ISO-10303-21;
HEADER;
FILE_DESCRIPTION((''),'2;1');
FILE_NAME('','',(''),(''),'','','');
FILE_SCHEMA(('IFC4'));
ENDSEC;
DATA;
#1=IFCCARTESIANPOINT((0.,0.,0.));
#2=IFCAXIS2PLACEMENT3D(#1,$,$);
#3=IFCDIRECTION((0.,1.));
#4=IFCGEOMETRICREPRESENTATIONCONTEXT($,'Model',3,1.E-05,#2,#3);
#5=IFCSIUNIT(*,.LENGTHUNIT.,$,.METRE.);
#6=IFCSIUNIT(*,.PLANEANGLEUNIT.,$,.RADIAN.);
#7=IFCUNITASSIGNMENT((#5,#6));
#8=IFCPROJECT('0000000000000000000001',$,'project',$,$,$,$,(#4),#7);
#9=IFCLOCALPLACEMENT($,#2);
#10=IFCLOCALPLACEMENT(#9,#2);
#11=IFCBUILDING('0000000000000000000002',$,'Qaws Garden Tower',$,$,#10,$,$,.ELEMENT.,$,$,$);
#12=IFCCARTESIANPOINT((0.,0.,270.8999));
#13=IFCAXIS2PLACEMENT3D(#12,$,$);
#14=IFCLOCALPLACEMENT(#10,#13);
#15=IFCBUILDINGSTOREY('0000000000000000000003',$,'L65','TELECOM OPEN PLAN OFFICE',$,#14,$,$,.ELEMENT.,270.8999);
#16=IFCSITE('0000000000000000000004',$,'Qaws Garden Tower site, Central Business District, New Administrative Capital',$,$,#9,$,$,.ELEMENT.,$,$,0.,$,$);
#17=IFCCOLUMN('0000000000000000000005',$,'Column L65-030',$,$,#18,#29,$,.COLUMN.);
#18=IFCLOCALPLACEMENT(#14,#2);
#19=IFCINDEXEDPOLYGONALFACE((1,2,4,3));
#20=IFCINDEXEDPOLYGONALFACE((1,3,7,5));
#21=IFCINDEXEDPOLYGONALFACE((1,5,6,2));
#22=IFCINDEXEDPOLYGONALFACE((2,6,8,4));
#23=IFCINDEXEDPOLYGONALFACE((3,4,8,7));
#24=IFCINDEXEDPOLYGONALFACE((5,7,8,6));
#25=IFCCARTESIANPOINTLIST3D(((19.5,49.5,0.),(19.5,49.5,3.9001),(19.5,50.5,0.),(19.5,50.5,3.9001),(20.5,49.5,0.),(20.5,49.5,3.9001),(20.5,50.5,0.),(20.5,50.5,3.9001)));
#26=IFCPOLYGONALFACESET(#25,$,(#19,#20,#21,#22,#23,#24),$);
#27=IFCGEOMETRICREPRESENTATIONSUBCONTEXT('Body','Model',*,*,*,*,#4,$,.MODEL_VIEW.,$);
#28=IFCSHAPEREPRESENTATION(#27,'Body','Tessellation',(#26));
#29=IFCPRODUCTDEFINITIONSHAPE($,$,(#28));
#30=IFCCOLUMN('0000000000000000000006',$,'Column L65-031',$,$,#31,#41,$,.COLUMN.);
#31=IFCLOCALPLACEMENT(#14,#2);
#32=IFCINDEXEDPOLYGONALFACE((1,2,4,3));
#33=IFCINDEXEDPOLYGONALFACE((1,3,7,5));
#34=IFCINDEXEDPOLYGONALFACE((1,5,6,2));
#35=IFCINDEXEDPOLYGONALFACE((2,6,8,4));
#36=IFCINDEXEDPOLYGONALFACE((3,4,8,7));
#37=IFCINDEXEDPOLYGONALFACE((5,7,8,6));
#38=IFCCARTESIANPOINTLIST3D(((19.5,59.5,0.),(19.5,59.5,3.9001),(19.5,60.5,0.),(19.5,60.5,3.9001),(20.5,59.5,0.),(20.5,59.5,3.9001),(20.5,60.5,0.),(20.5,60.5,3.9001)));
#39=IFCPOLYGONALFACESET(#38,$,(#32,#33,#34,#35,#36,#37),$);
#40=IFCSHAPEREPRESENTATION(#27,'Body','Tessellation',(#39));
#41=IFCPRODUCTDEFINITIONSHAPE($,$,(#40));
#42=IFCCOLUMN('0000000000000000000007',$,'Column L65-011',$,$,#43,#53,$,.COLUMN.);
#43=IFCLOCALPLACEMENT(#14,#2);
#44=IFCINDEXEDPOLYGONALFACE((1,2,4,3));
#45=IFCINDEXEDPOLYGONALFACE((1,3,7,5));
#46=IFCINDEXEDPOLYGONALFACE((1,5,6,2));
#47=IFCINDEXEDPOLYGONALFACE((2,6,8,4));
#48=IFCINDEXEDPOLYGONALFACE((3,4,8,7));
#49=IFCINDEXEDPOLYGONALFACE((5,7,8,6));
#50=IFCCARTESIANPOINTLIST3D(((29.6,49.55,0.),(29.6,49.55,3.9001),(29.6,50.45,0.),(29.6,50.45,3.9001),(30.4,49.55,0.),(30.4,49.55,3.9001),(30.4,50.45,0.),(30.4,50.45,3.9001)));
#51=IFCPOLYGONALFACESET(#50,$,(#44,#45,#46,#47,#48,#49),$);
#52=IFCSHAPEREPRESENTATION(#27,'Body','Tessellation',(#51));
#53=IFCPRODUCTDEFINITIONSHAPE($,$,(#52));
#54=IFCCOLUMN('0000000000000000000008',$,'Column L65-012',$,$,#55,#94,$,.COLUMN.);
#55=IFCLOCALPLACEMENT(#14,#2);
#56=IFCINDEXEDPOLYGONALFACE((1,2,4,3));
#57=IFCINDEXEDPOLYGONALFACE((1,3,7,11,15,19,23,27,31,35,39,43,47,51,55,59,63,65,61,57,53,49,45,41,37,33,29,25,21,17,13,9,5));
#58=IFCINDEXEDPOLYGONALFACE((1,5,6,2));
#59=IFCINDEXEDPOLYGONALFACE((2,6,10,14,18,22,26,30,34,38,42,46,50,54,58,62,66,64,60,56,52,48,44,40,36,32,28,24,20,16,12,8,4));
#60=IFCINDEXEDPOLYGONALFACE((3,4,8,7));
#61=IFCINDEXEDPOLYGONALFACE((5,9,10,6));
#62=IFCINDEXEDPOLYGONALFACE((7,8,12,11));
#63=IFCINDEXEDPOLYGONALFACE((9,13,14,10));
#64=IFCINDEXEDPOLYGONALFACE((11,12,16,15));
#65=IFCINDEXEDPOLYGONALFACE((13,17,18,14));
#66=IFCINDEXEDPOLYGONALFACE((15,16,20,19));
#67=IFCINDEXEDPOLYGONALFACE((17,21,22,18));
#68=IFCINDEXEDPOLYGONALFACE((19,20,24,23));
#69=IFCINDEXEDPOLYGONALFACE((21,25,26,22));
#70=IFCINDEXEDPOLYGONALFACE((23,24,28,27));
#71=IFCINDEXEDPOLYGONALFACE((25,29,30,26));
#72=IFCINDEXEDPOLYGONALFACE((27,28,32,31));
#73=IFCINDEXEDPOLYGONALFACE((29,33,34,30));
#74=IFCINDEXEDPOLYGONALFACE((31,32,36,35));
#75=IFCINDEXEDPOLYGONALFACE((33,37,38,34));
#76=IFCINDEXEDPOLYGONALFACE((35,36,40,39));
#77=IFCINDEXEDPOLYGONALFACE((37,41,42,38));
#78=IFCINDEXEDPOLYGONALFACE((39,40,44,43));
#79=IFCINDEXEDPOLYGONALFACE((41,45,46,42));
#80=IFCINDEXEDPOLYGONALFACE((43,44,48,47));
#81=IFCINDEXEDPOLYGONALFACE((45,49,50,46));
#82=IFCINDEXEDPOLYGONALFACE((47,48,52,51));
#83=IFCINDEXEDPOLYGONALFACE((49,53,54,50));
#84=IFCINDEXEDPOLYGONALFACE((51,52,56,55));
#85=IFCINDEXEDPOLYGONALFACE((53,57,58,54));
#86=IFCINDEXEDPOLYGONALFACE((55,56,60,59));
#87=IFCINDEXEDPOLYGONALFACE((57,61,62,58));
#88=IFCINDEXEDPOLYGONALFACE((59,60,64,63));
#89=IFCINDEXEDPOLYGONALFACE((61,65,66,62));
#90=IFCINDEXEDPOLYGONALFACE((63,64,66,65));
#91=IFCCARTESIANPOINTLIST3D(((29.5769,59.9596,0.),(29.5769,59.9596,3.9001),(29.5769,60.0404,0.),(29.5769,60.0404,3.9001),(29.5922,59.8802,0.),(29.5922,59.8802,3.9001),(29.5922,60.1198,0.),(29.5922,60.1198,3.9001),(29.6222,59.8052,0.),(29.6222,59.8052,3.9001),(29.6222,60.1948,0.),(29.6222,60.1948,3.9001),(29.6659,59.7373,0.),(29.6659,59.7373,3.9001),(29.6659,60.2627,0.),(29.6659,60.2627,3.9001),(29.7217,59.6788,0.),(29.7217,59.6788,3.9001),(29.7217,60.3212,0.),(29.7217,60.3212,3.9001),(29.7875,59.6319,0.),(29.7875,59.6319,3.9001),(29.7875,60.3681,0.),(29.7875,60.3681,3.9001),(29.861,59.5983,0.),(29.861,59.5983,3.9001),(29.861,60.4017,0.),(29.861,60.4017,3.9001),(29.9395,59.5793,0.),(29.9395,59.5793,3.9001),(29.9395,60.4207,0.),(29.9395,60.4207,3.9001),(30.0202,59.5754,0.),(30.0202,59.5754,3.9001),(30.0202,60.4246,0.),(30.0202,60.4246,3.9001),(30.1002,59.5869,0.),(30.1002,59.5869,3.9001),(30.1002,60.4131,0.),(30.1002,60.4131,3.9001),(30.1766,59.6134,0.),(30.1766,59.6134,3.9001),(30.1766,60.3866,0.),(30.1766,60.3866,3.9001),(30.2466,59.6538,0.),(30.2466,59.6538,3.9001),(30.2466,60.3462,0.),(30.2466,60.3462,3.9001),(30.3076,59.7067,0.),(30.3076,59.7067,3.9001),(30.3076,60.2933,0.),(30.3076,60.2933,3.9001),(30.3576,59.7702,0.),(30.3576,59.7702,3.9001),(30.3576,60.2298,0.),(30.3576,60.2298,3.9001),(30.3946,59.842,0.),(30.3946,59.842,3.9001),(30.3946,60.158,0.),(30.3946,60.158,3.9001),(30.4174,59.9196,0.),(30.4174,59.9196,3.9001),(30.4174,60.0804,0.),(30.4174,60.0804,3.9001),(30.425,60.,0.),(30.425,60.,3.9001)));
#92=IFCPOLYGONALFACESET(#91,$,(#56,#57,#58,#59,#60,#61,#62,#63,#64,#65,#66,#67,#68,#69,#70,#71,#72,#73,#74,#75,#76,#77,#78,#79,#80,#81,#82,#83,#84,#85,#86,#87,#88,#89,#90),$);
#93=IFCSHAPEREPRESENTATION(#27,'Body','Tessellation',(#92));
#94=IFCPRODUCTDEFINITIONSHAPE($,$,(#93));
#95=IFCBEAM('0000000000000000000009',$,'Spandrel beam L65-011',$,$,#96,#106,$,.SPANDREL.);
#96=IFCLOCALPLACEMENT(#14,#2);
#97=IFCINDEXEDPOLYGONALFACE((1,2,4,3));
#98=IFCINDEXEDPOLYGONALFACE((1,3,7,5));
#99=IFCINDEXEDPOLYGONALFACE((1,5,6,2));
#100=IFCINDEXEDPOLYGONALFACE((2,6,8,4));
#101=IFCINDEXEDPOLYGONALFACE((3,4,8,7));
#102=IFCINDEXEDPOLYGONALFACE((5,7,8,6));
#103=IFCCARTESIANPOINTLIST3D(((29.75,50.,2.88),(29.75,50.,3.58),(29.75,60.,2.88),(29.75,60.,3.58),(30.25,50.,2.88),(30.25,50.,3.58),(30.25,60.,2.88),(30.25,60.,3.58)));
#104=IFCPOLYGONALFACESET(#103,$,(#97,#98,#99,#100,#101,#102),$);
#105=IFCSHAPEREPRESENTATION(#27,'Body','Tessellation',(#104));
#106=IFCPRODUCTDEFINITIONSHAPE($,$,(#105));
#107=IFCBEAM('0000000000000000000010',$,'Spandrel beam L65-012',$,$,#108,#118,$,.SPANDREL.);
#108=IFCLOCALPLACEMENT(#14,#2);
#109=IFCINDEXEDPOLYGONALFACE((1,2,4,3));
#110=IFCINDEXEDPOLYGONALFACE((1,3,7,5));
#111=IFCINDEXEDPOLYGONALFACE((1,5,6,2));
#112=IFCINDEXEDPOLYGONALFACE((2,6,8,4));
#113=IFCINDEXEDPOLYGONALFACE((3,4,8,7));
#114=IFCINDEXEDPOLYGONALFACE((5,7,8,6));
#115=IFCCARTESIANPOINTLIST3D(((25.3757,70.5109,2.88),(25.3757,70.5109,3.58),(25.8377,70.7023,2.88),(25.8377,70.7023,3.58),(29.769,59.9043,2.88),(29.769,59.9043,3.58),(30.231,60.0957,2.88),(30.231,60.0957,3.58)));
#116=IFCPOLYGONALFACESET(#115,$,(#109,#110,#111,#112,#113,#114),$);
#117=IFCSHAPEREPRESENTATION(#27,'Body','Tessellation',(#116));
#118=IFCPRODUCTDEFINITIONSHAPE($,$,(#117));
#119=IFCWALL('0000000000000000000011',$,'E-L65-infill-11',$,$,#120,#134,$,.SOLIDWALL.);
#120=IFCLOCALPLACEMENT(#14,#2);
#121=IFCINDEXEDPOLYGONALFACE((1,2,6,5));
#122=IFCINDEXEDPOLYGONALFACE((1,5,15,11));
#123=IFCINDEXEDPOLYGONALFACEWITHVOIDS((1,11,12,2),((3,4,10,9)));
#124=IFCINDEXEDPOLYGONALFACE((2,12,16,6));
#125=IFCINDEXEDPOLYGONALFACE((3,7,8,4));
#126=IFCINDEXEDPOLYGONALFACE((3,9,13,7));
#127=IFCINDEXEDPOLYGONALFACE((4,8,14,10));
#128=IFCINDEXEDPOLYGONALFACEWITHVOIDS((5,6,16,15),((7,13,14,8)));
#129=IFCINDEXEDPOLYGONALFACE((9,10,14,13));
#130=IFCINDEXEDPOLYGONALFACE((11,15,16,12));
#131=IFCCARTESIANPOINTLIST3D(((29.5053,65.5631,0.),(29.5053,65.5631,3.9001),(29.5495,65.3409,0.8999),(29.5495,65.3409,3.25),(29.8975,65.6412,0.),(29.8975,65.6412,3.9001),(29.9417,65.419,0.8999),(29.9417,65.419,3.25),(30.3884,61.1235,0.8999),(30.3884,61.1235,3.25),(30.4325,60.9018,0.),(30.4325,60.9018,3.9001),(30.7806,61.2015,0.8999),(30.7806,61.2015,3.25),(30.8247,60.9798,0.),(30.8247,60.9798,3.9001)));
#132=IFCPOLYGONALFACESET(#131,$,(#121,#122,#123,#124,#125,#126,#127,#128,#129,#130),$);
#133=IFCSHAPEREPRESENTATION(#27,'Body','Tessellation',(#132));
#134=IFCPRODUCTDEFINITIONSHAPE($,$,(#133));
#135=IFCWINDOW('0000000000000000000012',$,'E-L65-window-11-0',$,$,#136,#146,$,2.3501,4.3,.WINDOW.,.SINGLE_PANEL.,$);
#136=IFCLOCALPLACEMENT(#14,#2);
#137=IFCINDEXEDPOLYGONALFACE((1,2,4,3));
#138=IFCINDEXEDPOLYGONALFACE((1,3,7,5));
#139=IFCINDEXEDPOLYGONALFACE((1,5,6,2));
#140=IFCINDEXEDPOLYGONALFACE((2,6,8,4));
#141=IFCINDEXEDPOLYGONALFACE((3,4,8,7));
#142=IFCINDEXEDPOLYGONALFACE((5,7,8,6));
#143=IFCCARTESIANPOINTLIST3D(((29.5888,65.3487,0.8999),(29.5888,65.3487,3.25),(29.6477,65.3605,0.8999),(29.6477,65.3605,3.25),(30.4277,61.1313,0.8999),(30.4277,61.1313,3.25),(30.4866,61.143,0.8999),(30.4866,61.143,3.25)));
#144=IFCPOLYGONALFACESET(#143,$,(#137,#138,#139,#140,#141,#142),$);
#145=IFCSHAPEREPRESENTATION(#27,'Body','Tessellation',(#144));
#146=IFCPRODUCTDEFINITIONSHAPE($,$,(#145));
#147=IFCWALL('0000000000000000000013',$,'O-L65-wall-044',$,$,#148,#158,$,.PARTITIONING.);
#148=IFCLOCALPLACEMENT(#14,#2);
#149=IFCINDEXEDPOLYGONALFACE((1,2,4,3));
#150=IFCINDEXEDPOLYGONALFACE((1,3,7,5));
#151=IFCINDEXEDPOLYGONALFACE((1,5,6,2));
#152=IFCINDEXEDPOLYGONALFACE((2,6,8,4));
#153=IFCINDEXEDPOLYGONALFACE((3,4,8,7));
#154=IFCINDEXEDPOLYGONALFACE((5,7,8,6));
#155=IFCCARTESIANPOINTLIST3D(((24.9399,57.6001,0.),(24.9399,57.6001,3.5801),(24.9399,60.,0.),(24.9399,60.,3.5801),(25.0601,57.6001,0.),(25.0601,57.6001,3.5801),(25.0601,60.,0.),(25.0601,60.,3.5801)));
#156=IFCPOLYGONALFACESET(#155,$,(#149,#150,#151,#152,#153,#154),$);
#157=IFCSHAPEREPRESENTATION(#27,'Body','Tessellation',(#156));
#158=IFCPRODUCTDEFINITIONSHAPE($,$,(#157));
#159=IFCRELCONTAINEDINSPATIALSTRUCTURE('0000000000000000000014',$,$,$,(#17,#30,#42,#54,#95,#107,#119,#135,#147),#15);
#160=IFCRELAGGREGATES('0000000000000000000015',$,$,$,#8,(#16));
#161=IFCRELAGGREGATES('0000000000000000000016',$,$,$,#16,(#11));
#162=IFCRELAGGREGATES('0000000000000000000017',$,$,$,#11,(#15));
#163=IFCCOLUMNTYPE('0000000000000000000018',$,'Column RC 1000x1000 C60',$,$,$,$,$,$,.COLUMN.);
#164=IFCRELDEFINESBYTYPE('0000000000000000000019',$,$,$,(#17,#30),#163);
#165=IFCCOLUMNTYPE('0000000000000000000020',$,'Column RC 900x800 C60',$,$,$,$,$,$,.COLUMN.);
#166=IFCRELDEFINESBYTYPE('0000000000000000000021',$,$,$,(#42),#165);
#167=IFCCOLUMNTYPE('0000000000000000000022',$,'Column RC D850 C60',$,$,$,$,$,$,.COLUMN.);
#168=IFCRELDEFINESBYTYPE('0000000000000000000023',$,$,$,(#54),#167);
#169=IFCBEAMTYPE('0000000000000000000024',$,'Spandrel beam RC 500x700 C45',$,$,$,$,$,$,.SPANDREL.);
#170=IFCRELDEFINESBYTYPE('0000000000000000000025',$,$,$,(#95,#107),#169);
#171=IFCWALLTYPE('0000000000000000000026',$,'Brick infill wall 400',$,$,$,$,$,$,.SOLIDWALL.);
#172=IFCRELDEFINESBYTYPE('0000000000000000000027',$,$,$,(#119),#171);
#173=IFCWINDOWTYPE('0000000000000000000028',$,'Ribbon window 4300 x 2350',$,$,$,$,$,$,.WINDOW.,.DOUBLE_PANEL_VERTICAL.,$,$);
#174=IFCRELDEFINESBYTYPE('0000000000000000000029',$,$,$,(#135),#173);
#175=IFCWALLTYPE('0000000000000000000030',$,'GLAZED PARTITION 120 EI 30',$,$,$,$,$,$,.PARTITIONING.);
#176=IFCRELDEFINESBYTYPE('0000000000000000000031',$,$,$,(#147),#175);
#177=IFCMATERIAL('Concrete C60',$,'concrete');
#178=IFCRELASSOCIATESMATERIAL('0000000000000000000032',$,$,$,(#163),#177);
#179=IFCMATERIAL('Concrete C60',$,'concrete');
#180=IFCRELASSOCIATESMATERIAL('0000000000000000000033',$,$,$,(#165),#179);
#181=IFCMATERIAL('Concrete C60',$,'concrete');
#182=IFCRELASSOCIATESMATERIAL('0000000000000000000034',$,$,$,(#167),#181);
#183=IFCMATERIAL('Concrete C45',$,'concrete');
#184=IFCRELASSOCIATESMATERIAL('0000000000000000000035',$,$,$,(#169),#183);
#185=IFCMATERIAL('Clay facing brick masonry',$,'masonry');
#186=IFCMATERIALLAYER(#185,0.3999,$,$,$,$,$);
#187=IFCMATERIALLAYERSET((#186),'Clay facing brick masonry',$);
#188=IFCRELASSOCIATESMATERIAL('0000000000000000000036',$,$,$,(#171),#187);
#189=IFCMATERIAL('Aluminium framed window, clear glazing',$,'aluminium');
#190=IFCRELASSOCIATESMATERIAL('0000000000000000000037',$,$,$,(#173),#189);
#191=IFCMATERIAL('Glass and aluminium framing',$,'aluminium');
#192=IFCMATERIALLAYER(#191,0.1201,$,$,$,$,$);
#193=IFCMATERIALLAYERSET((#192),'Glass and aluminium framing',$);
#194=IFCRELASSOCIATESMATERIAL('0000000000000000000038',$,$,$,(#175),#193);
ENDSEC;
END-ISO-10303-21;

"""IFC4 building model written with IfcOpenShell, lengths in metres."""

from ifc_helpers import new_model, si_unit, direction, frame, frame_2d, origin, origin_2d, place, context, subcontext, project, spatial, rectangle, circle, extrude, material, layer, layer_set, material_profile, profile_set, type_object, element, fill, save


model = new_model("IFC4")

# Units and contexts
model_context = context("Model", 3, precision=1e-05, world=origin(), true_north=direction((0.0, 1.0)))
body_context = subcontext(model_context, "Body", "Model", "MODEL_VIEW")
ifc_project = project(units=[si_unit("LENGTHUNIT", "METRE"), si_unit("PLANEANGLEUNIT", "RADIAN")], contexts=[model_context])

# Site, building, storey
site_placement = place(None, origin())
site = spatial("IfcSite", under=ifc_project, at=site_placement, Name="Qaws Garden Tower site, Central Business District, New Administrative Capital", CompositionType="ELEMENT", RefElevation=0.0)
building_placement = place(site_placement, origin())
building = spatial("IfcBuilding", under=site, at=building_placement, Name="Qaws Garden Tower", CompositionType="ELEMENT")
storey_placement = place(building_placement, frame((0.0, 0.0, 270.8999)))
storey = spatial("IfcBuildingStorey", under=building, at=storey_placement, Name="L65", Description="TELECOM OPEN PLAN OFFICE", CompositionType="ELEMENT", Elevation=270.8999)

# Columns
ifc_material_1 = material(Name="Concrete C60", Category="concrete")
ifc_material_profile_1 = material_profile(ifc_material_1, rectangle(XDim=1.0, YDim=1.0, at=origin_2d()), Name="RC 1000x1000")
ifc_profile_set_1 = profile_set([ifc_material_profile_1], Name="Concrete C60")
column_type_1 = type_object("IfcColumnType", Name="Column RC 1000x1000 C60", PredefinedType="COLUMN", material=ifc_profile_set_1)
for number, where, z_axis, x_axis, name in (
    (1, (20.0, 50.0, 0.0), (0.0, 0.0, 1.0), (1.0, 0.0, 0.0), "Column L65-030"),
    (2, (20.0, 60.0, 0.0), (0.0, 0.0, 1.0), (1.0, 0.0, 0.0), "Column L65-031"),
):
    element("IfcColumn", number, at=place(storey_placement, frame(where, z_axis=z_axis, x_axis=x_axis)), inside=storey, type_object=column_type_1, Name=name, PredefinedType="COLUMN", context=body_context, shape_type="SweptSolid", body=[
        extrude(rectangle(XDim=1.0, YDim=1.0, at=origin_2d()), origin(), (0.0, 0.0, 1.0), 3.9001),
    ])
ifc_material_2 = material(Name="Concrete C60", Category="concrete")
ifc_material_profile_2 = material_profile(ifc_material_2, rectangle(XDim=0.8999, YDim=0.8, at=origin_2d()), Name="RC 900x800")
ifc_profile_set_2 = profile_set([ifc_material_profile_2], Name="Concrete C60")
column_type_2 = type_object("IfcColumnType", Name="Column RC 900x800 C60", PredefinedType="COLUMN", material=ifc_profile_set_2)
column_1_placement = place(storey_placement, frame((30.0, 50.0, 0.0), z_axis=(0.0, 0.0, 1.0), x_axis=(0.0, 1.0, 0.0)))
element("IfcColumn", 3, at=column_1_placement, inside=storey, type_object=column_type_2, Name="Column L65-011", PredefinedType="COLUMN", context=body_context, shape_type="SweptSolid", body=[
    extrude(rectangle(XDim=0.8999, YDim=0.8, at=origin_2d()), origin(), (0.0, 0.0, 1.0), 3.9001),
])
ifc_material_3 = material(Name="Concrete C60", Category="concrete")
ifc_material_profile_3 = material_profile(ifc_material_3, circle(Radius=0.425, at=origin_2d()), Name="RC D850")
ifc_profile_set_3 = profile_set([ifc_material_profile_3], Name="Concrete C60")
column_type_3 = type_object("IfcColumnType", Name="Column RC D850 C60", PredefinedType="COLUMN", material=ifc_profile_set_3)
column_2_placement = place(storey_placement, frame((30.0, 60.0, 0.0), z_axis=(0.0, 0.0, 1.0), x_axis=(1.0, 0.0, 0.0)))
element("IfcColumn", 4, at=column_2_placement, inside=storey, type_object=column_type_3, Name="Column L65-012", PredefinedType="COLUMN", context=body_context, shape_type="SweptSolid", body=[
    extrude(circle(Radius=0.425, at=origin_2d()), origin(), (0.0, 0.0, 1.0), 3.9001),
])

# Beams
ifc_material_4 = material(Name="Concrete C45", Category="concrete")
ifc_material_profile_4 = material_profile(ifc_material_4, rectangle(XDim=0.5, YDim=0.7, at=origin_2d()), Name="RC 500x700")
ifc_profile_set_4 = profile_set([ifc_material_profile_4], Name="Concrete C45")
beam_type = type_object("IfcBeamType", Name="Spandrel beam RC 500x700 C45", PredefinedType="SPANDREL", material=ifc_profile_set_4)
beam_1_placement = place(storey_placement, frame((30.0, 50.0, 3.23), z_axis=(0.0, 1.0, 0.0), x_axis=(-1.0, 0.0, 0.0)))
element("IfcBeam", 5, at=beam_1_placement, inside=storey, type_object=beam_type, Name="Spandrel beam L65-011", PredefinedType="SPANDREL", context=body_context, shape_type="SweptSolid", body=[
    extrude(rectangle(XDim=0.5, YDim=0.7, at=origin_2d()), origin(), (0.0, 0.0, 1.0), 10.0),
])
beam_2_placement = place(storey_placement, frame((30.0, 60.0, 3.23), z_axis=(-0.382674, 0.923883, 0.0), x_axis=(-0.923883, -0.382674, 0.0)))
element("IfcBeam", 6, at=beam_2_placement, inside=storey, type_object=beam_type, Name="Spandrel beam L65-012", PredefinedType="SPANDREL", context=body_context, shape_type="SweptSolid", body=[
    extrude(rectangle(XDim=0.5, YDim=0.7, at=origin_2d()), origin(), (0.0, 0.0, 1.0), 11.4805),
])

# Wall, opening, window
ifc_material_5 = material(Name="Clay facing brick masonry", Category="masonry")
ifc_layer_1 = layer(ifc_material_5, 0.3999)
ifc_layer_set_1 = layer_set([ifc_layer_1], Name="Clay facing brick masonry")
wall_type_1 = type_object("IfcWallType", Name="Brick infill wall 400", PredefinedType="SOLIDWALL", material=ifc_layer_set_1)
wall_1_placement = place(storey_placement, frame((30.6287, 60.9407, 0.0), z_axis=(0.0, 0.0, 1.0), x_axis=(-0.195099, 0.980784, 0.0)))
wall_1 = element("IfcWall", 7, at=wall_1_placement, inside=storey, type_object=wall_type_1, Name="E-L65-infill-11", PredefinedType="SOLIDWALL", context=body_context, shape_type="SweptSolid", body=[
    extrude(rectangle(XDim=4.7527, YDim=0.3999, at=frame_2d((2.3765, 0.0))), origin(), (0.0, 0.0, 1.0), 3.9001),
])
opening_1_placement = place(wall_1_placement, frame((0.2263, 0.0, 0.8999)))
opening_1 = element("IfcOpeningElement", 8, at=opening_1_placement, cuts=wall_1, PredefinedType="OPENING", context=body_context, shape_type="SweptSolid", body=[
    extrude(rectangle(XDim=4.3, YDim=2.3501, at=frame_2d((2.1499, 1.175))), frame((0.0, 0.21, 0.0), z_axis=(0.0, -1.0, 0.0), x_axis=(1.0, 0.0, 0.0)), (0.0, 0.0, 1.0), 0.4199),
])
ifc_material_6 = material(Name="Aluminium framed window, clear glazing", Category="aluminium")
window_type = type_object("IfcWindowType", Name="Ribbon window 4300 x 2350", PartitioningType="DOUBLE_PANEL_VERTICAL", PredefinedType="WINDOW", material=ifc_material_6)
window_placement = place(opening_1_placement, origin())
window = element("IfcWindow", 9, at=window_placement, inside=storey, type_object=window_type, Name="E-L65-window-11-0", OverallHeight=2.3501, OverallWidth=4.3, PartitioningType="SINGLE_PANEL", PredefinedType="WINDOW", context=body_context, shape_type="SweptSolid", body=[
    extrude(rectangle(XDim=4.3, YDim=2.3501, at=frame_2d((2.1499, 1.175))), frame((0.0, 0.1599, 0.0), z_axis=(0.0, -1.0, 0.0), x_axis=(1.0, 0.0, 0.0)), (0.0, 0.0, 1.0), 0.0601),
])
fill(opening_1, window)

# Wall
ifc_material_7 = material(Name="Glass and aluminium framing", Category="aluminium")
ifc_layer_2 = layer(ifc_material_7, 0.1201)
ifc_layer_set_2 = layer_set([ifc_layer_2], Name="Glass and aluminium framing")
wall_type_2 = type_object("IfcWallType", Name="GLAZED PARTITION 120 EI 30", PredefinedType="PARTITIONING", material=ifc_layer_set_2)
wall_2_placement = place(storey_placement, frame((25.0, 57.6001, 0.0), z_axis=(0.0, 0.0, 1.0), x_axis=(0.0, 1.0, 0.0)))
element("IfcWall", 10, at=wall_2_placement, inside=storey, type_object=wall_type_2, Name="O-L65-wall-044", PredefinedType="PARTITIONING", context=body_context, shape_type="SweptSolid", body=[
    extrude(rectangle(XDim=2.3999, YDim=0.1201, at=frame_2d((1.2, 0.0))), origin(), (0.0, 0.0, 1.0), 3.5801),
])

save(model, "model.ifc")
